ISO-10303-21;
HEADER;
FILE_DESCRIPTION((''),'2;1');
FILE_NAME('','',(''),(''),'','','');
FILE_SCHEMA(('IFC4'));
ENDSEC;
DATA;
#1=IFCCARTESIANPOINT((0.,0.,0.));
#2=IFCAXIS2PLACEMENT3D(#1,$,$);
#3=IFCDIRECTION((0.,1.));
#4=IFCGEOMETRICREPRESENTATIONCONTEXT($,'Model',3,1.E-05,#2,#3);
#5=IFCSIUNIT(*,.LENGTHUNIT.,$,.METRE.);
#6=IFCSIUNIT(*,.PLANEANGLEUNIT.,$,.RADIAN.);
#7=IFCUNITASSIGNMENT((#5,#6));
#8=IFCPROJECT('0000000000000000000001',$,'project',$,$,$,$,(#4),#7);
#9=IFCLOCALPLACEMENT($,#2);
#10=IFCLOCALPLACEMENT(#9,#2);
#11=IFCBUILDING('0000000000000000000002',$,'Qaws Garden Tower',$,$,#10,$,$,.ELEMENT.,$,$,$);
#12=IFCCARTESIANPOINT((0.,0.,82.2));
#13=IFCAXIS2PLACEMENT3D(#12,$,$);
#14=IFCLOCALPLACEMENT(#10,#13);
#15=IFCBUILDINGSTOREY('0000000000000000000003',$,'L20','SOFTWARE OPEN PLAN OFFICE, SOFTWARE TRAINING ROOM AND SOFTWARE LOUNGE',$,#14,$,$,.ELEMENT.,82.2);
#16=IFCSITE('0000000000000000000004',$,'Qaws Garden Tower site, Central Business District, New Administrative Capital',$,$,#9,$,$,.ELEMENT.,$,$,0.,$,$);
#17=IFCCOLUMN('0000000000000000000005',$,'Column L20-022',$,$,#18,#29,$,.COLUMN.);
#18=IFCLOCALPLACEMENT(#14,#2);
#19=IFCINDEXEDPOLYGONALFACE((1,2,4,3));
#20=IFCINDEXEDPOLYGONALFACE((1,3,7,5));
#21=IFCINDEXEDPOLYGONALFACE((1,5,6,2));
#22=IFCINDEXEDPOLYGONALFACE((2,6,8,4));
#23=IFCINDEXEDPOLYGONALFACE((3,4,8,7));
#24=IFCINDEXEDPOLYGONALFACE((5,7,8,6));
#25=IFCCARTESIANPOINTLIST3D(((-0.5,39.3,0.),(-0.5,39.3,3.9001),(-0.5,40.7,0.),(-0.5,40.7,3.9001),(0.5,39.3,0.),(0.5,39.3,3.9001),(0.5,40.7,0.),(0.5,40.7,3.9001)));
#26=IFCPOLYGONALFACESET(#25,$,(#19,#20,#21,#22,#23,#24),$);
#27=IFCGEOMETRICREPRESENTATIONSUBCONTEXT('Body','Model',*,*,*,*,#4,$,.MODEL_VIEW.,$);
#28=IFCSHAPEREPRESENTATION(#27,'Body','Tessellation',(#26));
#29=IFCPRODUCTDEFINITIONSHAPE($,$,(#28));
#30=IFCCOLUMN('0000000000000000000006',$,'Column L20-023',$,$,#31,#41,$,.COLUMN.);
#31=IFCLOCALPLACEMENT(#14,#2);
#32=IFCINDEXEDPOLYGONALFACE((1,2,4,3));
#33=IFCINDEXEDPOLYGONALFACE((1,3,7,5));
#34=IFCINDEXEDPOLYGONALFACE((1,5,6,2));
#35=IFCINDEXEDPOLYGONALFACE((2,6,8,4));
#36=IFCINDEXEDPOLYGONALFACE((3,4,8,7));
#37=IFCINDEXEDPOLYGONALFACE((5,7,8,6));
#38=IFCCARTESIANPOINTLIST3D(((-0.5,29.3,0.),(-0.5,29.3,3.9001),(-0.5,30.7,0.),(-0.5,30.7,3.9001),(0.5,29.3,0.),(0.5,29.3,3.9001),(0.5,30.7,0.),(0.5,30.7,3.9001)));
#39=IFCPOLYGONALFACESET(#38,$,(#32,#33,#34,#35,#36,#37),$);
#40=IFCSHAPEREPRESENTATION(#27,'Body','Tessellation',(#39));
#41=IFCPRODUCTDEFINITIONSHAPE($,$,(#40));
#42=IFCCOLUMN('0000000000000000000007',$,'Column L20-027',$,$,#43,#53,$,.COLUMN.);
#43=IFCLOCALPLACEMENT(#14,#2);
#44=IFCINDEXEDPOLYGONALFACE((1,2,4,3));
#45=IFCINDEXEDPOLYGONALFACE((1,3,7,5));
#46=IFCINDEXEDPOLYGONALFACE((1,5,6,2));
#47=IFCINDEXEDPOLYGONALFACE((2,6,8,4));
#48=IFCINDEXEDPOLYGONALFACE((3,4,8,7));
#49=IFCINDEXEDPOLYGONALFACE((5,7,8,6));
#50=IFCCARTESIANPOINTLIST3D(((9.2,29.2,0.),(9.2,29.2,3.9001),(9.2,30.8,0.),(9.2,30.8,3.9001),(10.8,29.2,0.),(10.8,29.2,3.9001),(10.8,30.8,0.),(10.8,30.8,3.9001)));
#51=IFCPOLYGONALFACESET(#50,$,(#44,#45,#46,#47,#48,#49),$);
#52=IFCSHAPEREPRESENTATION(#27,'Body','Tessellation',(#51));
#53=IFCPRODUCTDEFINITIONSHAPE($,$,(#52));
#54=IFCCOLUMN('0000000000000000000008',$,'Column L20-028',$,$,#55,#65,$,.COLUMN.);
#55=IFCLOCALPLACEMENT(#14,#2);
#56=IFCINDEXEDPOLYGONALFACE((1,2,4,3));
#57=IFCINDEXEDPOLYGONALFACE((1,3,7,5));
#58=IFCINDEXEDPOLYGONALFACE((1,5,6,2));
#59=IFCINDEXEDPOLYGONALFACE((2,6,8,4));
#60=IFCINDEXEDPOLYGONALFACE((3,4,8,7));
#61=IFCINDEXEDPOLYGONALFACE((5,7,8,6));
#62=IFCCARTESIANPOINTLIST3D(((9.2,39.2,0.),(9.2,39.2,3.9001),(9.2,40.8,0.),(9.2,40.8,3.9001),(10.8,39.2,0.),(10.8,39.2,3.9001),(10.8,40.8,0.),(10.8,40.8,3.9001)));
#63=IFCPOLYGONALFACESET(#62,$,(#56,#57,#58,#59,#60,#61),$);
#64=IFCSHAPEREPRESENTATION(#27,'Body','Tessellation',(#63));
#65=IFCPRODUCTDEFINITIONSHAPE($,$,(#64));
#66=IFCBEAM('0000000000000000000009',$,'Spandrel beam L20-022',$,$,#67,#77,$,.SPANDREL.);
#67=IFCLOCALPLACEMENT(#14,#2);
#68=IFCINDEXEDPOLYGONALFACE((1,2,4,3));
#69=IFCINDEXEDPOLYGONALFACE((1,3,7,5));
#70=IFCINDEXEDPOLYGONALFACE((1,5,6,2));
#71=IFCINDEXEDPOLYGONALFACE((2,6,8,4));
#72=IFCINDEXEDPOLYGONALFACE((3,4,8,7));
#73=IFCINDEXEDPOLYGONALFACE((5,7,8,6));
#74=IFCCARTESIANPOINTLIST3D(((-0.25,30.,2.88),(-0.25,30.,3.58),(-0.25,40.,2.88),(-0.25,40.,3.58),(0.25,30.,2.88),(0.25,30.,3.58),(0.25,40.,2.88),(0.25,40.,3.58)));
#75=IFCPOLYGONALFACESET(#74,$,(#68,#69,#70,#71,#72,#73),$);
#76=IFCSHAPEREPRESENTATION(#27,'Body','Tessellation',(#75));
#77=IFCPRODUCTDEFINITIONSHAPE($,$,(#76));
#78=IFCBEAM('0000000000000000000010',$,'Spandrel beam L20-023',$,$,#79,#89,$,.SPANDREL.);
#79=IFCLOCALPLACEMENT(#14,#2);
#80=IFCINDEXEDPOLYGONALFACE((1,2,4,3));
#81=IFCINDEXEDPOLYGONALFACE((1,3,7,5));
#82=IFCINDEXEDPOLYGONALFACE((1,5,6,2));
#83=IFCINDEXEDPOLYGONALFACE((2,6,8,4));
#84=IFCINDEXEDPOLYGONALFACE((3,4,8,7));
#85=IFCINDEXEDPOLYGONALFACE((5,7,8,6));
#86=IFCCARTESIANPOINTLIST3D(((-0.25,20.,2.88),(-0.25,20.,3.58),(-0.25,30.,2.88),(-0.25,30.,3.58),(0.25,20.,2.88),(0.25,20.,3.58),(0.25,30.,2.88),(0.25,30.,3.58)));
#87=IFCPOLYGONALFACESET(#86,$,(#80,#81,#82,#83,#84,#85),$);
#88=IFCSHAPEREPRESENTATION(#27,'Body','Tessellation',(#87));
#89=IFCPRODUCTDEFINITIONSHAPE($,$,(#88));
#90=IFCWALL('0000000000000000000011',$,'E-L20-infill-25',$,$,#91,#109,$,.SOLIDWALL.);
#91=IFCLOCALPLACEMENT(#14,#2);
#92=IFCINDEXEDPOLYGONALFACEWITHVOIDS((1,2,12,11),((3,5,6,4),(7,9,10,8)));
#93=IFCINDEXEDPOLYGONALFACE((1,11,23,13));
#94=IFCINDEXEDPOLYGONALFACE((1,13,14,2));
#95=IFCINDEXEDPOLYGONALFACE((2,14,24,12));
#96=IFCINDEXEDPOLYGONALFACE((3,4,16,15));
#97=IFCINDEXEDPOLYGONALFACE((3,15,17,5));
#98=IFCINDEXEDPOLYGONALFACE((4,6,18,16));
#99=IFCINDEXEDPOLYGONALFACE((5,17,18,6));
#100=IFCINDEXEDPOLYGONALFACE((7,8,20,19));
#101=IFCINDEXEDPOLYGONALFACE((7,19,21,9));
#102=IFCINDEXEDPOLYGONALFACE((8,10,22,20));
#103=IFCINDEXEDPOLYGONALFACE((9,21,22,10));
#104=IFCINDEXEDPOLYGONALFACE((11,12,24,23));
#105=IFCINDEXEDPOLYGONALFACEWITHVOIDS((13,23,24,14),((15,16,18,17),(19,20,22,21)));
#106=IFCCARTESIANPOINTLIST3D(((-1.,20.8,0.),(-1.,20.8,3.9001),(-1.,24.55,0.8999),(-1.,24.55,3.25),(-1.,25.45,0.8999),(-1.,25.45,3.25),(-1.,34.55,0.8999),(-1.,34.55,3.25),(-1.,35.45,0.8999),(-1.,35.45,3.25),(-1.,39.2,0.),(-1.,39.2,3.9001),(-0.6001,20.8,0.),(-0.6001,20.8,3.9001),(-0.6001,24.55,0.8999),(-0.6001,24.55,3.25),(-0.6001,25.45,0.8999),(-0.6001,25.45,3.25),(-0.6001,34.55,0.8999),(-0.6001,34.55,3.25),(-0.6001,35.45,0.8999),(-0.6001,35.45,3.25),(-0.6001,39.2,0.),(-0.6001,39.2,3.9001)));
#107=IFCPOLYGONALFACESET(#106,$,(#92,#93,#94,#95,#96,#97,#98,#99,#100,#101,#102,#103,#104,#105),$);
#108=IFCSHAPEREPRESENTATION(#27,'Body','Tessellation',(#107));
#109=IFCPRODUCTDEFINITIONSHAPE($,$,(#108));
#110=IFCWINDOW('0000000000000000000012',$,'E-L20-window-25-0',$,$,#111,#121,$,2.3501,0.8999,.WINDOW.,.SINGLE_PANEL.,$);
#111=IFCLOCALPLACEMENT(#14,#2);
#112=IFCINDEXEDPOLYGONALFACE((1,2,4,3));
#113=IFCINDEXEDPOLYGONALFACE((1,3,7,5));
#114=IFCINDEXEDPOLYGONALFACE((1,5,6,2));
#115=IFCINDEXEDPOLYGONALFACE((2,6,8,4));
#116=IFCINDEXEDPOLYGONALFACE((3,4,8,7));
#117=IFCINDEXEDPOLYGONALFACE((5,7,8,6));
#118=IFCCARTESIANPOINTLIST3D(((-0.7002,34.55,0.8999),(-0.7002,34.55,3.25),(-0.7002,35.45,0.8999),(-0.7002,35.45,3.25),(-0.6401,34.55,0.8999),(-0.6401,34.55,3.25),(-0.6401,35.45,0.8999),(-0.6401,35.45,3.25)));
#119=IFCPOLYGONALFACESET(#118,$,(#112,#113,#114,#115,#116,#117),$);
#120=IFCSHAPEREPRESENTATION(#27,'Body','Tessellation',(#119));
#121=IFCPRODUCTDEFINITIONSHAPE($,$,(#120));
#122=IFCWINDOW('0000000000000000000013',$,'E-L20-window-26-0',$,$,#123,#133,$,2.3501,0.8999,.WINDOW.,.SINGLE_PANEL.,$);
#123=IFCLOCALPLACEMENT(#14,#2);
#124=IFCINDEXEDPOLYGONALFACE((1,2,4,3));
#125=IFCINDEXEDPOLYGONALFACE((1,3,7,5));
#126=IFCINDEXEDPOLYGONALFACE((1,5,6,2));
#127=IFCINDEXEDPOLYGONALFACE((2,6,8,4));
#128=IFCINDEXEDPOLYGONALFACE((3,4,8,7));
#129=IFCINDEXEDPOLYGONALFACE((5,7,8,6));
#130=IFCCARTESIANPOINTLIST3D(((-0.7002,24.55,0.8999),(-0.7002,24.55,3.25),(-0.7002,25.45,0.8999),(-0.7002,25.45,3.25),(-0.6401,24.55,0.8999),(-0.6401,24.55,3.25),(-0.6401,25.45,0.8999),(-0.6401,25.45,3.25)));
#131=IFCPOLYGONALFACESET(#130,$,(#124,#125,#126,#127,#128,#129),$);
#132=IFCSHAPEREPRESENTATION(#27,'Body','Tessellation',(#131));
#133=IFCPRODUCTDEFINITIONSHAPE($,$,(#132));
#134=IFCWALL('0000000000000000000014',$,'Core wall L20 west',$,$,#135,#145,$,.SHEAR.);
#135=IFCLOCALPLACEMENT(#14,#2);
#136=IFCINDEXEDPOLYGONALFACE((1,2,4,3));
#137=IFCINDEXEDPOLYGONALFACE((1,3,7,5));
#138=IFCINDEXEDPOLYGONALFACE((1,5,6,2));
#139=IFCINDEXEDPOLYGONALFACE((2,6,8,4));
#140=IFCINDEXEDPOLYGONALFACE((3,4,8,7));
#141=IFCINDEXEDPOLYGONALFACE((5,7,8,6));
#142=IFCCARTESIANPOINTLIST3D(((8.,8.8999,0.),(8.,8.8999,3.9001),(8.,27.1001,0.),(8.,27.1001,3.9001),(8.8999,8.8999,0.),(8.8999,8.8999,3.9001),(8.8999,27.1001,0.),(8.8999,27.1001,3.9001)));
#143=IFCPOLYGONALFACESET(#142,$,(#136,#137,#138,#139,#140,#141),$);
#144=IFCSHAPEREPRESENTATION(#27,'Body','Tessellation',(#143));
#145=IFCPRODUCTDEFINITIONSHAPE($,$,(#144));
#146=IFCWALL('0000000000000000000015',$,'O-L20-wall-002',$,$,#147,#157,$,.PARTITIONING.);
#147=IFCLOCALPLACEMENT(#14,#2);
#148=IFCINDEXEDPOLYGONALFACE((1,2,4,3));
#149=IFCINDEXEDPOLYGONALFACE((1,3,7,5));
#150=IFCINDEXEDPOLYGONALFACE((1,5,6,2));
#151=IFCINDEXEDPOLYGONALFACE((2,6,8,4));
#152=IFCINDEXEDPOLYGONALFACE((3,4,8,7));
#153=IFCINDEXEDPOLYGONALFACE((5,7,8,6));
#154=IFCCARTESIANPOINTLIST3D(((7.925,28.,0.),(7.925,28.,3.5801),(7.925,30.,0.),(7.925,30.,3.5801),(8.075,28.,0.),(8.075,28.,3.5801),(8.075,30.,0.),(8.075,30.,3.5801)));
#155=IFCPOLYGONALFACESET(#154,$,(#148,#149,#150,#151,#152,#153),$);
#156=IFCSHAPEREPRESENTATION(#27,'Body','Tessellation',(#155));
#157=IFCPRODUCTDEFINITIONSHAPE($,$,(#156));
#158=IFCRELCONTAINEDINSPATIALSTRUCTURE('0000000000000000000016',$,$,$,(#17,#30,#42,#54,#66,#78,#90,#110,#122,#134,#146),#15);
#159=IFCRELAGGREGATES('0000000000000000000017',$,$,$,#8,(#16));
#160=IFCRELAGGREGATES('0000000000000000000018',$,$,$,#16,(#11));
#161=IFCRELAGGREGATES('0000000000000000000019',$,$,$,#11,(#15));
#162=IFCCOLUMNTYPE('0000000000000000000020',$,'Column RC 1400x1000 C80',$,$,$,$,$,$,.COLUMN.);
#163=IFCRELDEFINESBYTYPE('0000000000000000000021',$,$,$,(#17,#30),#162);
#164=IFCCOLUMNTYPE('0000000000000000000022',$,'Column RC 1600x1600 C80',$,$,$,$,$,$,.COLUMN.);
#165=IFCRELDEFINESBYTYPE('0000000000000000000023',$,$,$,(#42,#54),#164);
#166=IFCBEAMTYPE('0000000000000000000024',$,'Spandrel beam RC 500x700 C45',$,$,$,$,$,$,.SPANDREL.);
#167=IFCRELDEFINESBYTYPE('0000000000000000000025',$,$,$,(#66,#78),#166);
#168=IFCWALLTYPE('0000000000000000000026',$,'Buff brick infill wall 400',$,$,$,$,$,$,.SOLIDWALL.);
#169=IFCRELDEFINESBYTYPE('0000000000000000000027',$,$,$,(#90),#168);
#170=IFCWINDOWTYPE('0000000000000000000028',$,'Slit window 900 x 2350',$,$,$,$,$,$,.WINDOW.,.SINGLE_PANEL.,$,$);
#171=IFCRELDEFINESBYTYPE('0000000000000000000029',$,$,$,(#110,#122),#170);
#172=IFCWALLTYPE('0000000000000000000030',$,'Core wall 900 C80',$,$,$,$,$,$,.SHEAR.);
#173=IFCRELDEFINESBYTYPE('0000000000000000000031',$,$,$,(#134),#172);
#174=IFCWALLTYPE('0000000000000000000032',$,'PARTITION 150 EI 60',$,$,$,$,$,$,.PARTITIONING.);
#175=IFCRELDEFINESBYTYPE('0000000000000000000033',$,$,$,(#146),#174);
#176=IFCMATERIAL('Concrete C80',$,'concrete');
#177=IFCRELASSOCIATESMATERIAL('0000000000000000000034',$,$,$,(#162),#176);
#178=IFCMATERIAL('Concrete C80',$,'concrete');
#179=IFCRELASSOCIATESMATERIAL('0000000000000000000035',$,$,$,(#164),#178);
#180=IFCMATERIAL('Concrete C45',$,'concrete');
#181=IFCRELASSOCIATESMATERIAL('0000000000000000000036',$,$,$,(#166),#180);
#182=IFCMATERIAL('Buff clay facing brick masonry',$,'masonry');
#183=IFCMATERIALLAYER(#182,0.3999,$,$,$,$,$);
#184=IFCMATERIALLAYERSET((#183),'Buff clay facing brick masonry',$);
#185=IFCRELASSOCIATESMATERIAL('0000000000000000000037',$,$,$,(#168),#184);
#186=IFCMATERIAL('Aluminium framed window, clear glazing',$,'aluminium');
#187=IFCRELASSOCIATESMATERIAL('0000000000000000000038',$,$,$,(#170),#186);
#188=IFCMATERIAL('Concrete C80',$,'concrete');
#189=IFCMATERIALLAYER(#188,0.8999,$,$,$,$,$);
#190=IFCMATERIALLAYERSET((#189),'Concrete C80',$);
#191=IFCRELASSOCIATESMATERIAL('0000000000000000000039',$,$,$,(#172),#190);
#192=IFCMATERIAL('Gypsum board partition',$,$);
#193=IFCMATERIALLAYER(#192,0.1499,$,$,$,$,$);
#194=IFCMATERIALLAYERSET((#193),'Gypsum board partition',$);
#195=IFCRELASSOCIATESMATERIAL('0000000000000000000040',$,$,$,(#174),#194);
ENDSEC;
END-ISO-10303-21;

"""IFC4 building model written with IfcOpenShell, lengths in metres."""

from ifc_helpers import new_model, si_unit, direction, frame, frame_2d, origin, origin_2d, place, context, subcontext, project, spatial, rectangle, extrude, material, layer, layer_set, material_profile, profile_set, type_object, element, fill, save


model = new_model("IFC4")

# Units and contexts
model_context = context("Model", 3, precision=1e-05, world=origin(), true_north=direction((0.0, 1.0)))
body_context = subcontext(model_context, "Body", "Model", "MODEL_VIEW")
ifc_project = project(units=[si_unit("LENGTHUNIT", "METRE"), si_unit("PLANEANGLEUNIT", "RADIAN")], contexts=[model_context])

# Site, building, storey
site_placement = place(None, origin())
site = spatial("IfcSite", under=ifc_project, at=site_placement, Name="Qaws Garden Tower site, Central Business District, New Administrative Capital", CompositionType="ELEMENT", RefElevation=0.0)
building_placement = place(site_placement, origin())
building = spatial("IfcBuilding", under=site, at=building_placement, Name="Qaws Garden Tower", CompositionType="ELEMENT")
storey_placement = place(building_placement, frame((0.0, 0.0, 82.2)))
storey = spatial("IfcBuildingStorey", under=building, at=storey_placement, Name="L20", Description="SOFTWARE OPEN PLAN OFFICE, SOFTWARE TRAINING ROOM AND SOFTWARE LOUNGE", CompositionType="ELEMENT", Elevation=82.2)

# Columns
ifc_material_1 = material(Name="Concrete C80", Category="concrete")
ifc_material_profile_1 = material_profile(ifc_material_1, rectangle(XDim=1.3999, YDim=1.0, at=origin_2d()), Name="RC 1400x1000")
ifc_profile_set_1 = profile_set([ifc_material_profile_1], Name="Concrete C80")
column_type_1 = type_object("IfcColumnType", Name="Column RC 1400x1000 C80", PredefinedType="COLUMN", material=ifc_profile_set_1)
for number, where, z_axis, x_axis, name in (
    (1, (0.0, 40.0, 0.0), (0.0, 0.0, 1.0), (0.0, 1.0, 0.0), "Column L20-022"),
    (2, (0.0, 30.0, 0.0), (0.0, 0.0, 1.0), (0.0, 1.0, 0.0), "Column L20-023"),
):
    element("IfcColumn", number, at=place(storey_placement, frame(where, z_axis=z_axis, x_axis=x_axis)), inside=storey, type_object=column_type_1, Name=name, PredefinedType="COLUMN", context=body_context, shape_type="SweptSolid", body=[
        extrude(rectangle(XDim=1.3999, YDim=1.0, at=origin_2d()), origin(), (0.0, 0.0, 1.0), 3.9001),
    ])
ifc_material_2 = material(Name="Concrete C80", Category="concrete")
ifc_material_profile_2 = material_profile(ifc_material_2, rectangle(XDim=1.6001, YDim=1.6001, at=origin_2d()), Name="RC 1600x1600")
ifc_profile_set_2 = profile_set([ifc_material_profile_2], Name="Concrete C80")
column_type_2 = type_object("IfcColumnType", Name="Column RC 1600x1600 C80", PredefinedType="COLUMN", material=ifc_profile_set_2)
for number, where, z_axis, x_axis, name in (
    (3, (10.0, 30.0, 0.0), (0.0, 0.0, 1.0), (1.0, 0.0, 0.0), "Column L20-027"),
    (4, (10.0, 40.0, 0.0), (0.0, 0.0, 1.0), (1.0, 0.0, 0.0), "Column L20-028"),
):
    element("IfcColumn", number, at=place(storey_placement, frame(where, z_axis=z_axis, x_axis=x_axis)), inside=storey, type_object=column_type_2, Name=name, PredefinedType="COLUMN", context=body_context, shape_type="SweptSolid", body=[
        extrude(rectangle(XDim=1.6001, YDim=1.6001, at=origin_2d()), origin(), (0.0, 0.0, 1.0), 3.9001),
    ])

# Beams
ifc_material_3 = material(Name="Concrete C45", Category="concrete")
ifc_material_profile_3 = material_profile(ifc_material_3, rectangle(XDim=0.5, YDim=0.7, at=origin_2d()), Name="RC 500x700")
ifc_profile_set_3 = profile_set([ifc_material_profile_3], Name="Concrete C45")
beam_type = type_object("IfcBeamType", Name="Spandrel beam RC 500x700 C45", PredefinedType="SPANDREL", material=ifc_profile_set_3)
for number, where, z_axis, x_axis, name in (
    (5, (0.0, 40.0, 3.23), (0.0, -1.0, 0.0), (1.0, 0.0, 0.0), "Spandrel beam L20-022"),
    (6, (0.0, 30.0, 3.23), (0.0, -1.0, 0.0), (1.0, 0.0, 0.0), "Spandrel beam L20-023"),
):
    element("IfcBeam", number, at=place(storey_placement, frame(where, z_axis=z_axis, x_axis=x_axis)), inside=storey, type_object=beam_type, Name=name, PredefinedType="SPANDREL", context=body_context, shape_type="SweptSolid", body=[
        extrude(rectangle(XDim=0.5, YDim=0.7, at=origin_2d()), origin(), (0.0, 0.0, 1.0), 10.0),
    ])

# Wall, openings, windows
ifc_material_4 = material(Name="Buff clay facing brick masonry", Category="masonry")
ifc_layer_1 = layer(ifc_material_4, 0.3999)
ifc_layer_set_1 = layer_set([ifc_layer_1], Name="Buff clay facing brick masonry")
wall_type_1 = type_object("IfcWallType", Name="Buff brick infill wall 400", PredefinedType="SOLIDWALL", material=ifc_layer_set_1)
wall_1_placement = place(storey_placement, frame((-0.8, 39.2, 0.0), z_axis=(0.0, 0.0, 1.0), x_axis=(0.0, -1.0, 0.0)))
wall_1 = element("IfcWall", 7, at=wall_1_placement, inside=storey, type_object=wall_type_1, Name="E-L20-infill-25", PredefinedType="SOLIDWALL", context=body_context, shape_type="SweptSolid", body=[
    extrude(rectangle(XDim=18.3999, YDim=0.3999, at=frame_2d((9.2, 0.0))), origin(), (0.0, 0.0, 1.0), 3.9001),
])
opening_1_placement = place(wall_1_placement, frame((3.75, 0.0, 0.8999)))
opening_1 = element("IfcOpeningElement", 8, at=opening_1_placement, cuts=wall_1, PredefinedType="OPENING", context=body_context, shape_type="SweptSolid", body=[
    extrude(rectangle(XDim=0.8999, YDim=2.3501, at=frame_2d((0.45, 1.175))), frame((0.0, 0.21, 0.0), z_axis=(0.0, -1.0, 0.0), x_axis=(1.0, 0.0, 0.0)), (0.0, 0.0, 1.0), 0.4199),
])
opening_2_placement = place(wall_1_placement, frame((13.75, 0.0, 0.8999)))
opening_2 = element("IfcOpeningElement", 9, at=opening_2_placement, cuts=wall_1, PredefinedType="OPENING", context=body_context, shape_type="SweptSolid", body=[
    extrude(rectangle(XDim=0.8999, YDim=2.3501, at=frame_2d((0.45, 1.175))), frame((0.0, 0.21, 0.0), z_axis=(0.0, -1.0, 0.0), x_axis=(1.0, 0.0, 0.0)), (0.0, 0.0, 1.0), 0.4199),
])
ifc_material_5 = material(Name="Aluminium framed window, clear glazing", Category="aluminium")
window_type = type_object("IfcWindowType", Name="Slit window 900 x 2350", PartitioningType="SINGLE_PANEL", PredefinedType="WINDOW", material=ifc_material_5)
window_1_placement = place(opening_1_placement, origin())
window_1 = element("IfcWindow", 10, at=window_1_placement, inside=storey, type_object=window_type, Name="E-L20-window-25-0", OverallHeight=2.3501, OverallWidth=0.8999, PartitioningType="SINGLE_PANEL", PredefinedType="WINDOW", context=body_context, shape_type="SweptSolid", body=[
    extrude(rectangle(XDim=0.8999, YDim=2.3501, at=frame_2d((0.45, 1.175))), frame((0.0, 0.1599, 0.0), z_axis=(0.0, -1.0, 0.0), x_axis=(1.0, 0.0, 0.0)), (0.0, 0.0, 1.0), 0.0601),
])
fill(opening_1, window_1)
window_2_placement = place(opening_2_placement, origin())
window_2 = element("IfcWindow", 11, at=window_2_placement, inside=storey, type_object=window_type, Name="E-L20-window-26-0", OverallHeight=2.3501, OverallWidth=0.8999, PartitioningType="SINGLE_PANEL", PredefinedType="WINDOW", context=body_context, shape_type="SweptSolid", body=[
    extrude(rectangle(XDim=0.8999, YDim=2.3501, at=frame_2d((0.45, 1.175))), frame((0.0, 0.1599, 0.0), z_axis=(0.0, -1.0, 0.0), x_axis=(1.0, 0.0, 0.0)), (0.0, 0.0, 1.0), 0.0601),
])
fill(opening_2, window_2)

# Walls
ifc_material_6 = material(Name="Concrete C80", Category="concrete")
ifc_layer_2 = layer(ifc_material_6, 0.8999)
ifc_layer_set_2 = layer_set([ifc_layer_2], Name="Concrete C80")
wall_type_2 = type_object("IfcWallType", Name="Core wall 900 C80", PredefinedType="SHEAR", material=ifc_layer_set_2)
wall_2_placement = place(storey_placement, frame((8.45, 27.1001, 0.0), z_axis=(0.0, 0.0, 1.0), x_axis=(0.0, -1.0, 0.0)))
element("IfcWall", 12, at=wall_2_placement, inside=storey, type_object=wall_type_2, Name="Core wall L20 west", PredefinedType="SHEAR", context=body_context, shape_type="SweptSolid", body=[
    extrude(rectangle(XDim=18.2002, YDim=0.8999, at=frame_2d((9.1001, 0.0))), origin(), (0.0, 0.0, 1.0), 3.9001),
])
ifc_material_7 = material(Name="Gypsum board partition")
ifc_layer_3 = layer(ifc_material_7, 0.1499)
ifc_layer_set_3 = layer_set([ifc_layer_3], Name="Gypsum board partition")
wall_type_3 = type_object("IfcWallType", Name="PARTITION 150 EI 60", PredefinedType="PARTITIONING", material=ifc_layer_set_3)
wall_3_placement = place(storey_placement, frame((8.0, 28.0, 0.0), z_axis=(0.0, 0.0, 1.0), x_axis=(0.0, 1.0, 0.0)))
element("IfcWall", 13, at=wall_3_placement, inside=storey, type_object=wall_type_3, Name="O-L20-wall-002", PredefinedType="PARTITIONING", context=body_context, shape_type="SweptSolid", body=[
    extrude(rectangle(XDim=2.0, YDim=0.1499, at=frame_2d((1.0, 0.0))), origin(), (0.0, 0.0, 1.0), 3.5801),
])

save(model, "model.ifc")
